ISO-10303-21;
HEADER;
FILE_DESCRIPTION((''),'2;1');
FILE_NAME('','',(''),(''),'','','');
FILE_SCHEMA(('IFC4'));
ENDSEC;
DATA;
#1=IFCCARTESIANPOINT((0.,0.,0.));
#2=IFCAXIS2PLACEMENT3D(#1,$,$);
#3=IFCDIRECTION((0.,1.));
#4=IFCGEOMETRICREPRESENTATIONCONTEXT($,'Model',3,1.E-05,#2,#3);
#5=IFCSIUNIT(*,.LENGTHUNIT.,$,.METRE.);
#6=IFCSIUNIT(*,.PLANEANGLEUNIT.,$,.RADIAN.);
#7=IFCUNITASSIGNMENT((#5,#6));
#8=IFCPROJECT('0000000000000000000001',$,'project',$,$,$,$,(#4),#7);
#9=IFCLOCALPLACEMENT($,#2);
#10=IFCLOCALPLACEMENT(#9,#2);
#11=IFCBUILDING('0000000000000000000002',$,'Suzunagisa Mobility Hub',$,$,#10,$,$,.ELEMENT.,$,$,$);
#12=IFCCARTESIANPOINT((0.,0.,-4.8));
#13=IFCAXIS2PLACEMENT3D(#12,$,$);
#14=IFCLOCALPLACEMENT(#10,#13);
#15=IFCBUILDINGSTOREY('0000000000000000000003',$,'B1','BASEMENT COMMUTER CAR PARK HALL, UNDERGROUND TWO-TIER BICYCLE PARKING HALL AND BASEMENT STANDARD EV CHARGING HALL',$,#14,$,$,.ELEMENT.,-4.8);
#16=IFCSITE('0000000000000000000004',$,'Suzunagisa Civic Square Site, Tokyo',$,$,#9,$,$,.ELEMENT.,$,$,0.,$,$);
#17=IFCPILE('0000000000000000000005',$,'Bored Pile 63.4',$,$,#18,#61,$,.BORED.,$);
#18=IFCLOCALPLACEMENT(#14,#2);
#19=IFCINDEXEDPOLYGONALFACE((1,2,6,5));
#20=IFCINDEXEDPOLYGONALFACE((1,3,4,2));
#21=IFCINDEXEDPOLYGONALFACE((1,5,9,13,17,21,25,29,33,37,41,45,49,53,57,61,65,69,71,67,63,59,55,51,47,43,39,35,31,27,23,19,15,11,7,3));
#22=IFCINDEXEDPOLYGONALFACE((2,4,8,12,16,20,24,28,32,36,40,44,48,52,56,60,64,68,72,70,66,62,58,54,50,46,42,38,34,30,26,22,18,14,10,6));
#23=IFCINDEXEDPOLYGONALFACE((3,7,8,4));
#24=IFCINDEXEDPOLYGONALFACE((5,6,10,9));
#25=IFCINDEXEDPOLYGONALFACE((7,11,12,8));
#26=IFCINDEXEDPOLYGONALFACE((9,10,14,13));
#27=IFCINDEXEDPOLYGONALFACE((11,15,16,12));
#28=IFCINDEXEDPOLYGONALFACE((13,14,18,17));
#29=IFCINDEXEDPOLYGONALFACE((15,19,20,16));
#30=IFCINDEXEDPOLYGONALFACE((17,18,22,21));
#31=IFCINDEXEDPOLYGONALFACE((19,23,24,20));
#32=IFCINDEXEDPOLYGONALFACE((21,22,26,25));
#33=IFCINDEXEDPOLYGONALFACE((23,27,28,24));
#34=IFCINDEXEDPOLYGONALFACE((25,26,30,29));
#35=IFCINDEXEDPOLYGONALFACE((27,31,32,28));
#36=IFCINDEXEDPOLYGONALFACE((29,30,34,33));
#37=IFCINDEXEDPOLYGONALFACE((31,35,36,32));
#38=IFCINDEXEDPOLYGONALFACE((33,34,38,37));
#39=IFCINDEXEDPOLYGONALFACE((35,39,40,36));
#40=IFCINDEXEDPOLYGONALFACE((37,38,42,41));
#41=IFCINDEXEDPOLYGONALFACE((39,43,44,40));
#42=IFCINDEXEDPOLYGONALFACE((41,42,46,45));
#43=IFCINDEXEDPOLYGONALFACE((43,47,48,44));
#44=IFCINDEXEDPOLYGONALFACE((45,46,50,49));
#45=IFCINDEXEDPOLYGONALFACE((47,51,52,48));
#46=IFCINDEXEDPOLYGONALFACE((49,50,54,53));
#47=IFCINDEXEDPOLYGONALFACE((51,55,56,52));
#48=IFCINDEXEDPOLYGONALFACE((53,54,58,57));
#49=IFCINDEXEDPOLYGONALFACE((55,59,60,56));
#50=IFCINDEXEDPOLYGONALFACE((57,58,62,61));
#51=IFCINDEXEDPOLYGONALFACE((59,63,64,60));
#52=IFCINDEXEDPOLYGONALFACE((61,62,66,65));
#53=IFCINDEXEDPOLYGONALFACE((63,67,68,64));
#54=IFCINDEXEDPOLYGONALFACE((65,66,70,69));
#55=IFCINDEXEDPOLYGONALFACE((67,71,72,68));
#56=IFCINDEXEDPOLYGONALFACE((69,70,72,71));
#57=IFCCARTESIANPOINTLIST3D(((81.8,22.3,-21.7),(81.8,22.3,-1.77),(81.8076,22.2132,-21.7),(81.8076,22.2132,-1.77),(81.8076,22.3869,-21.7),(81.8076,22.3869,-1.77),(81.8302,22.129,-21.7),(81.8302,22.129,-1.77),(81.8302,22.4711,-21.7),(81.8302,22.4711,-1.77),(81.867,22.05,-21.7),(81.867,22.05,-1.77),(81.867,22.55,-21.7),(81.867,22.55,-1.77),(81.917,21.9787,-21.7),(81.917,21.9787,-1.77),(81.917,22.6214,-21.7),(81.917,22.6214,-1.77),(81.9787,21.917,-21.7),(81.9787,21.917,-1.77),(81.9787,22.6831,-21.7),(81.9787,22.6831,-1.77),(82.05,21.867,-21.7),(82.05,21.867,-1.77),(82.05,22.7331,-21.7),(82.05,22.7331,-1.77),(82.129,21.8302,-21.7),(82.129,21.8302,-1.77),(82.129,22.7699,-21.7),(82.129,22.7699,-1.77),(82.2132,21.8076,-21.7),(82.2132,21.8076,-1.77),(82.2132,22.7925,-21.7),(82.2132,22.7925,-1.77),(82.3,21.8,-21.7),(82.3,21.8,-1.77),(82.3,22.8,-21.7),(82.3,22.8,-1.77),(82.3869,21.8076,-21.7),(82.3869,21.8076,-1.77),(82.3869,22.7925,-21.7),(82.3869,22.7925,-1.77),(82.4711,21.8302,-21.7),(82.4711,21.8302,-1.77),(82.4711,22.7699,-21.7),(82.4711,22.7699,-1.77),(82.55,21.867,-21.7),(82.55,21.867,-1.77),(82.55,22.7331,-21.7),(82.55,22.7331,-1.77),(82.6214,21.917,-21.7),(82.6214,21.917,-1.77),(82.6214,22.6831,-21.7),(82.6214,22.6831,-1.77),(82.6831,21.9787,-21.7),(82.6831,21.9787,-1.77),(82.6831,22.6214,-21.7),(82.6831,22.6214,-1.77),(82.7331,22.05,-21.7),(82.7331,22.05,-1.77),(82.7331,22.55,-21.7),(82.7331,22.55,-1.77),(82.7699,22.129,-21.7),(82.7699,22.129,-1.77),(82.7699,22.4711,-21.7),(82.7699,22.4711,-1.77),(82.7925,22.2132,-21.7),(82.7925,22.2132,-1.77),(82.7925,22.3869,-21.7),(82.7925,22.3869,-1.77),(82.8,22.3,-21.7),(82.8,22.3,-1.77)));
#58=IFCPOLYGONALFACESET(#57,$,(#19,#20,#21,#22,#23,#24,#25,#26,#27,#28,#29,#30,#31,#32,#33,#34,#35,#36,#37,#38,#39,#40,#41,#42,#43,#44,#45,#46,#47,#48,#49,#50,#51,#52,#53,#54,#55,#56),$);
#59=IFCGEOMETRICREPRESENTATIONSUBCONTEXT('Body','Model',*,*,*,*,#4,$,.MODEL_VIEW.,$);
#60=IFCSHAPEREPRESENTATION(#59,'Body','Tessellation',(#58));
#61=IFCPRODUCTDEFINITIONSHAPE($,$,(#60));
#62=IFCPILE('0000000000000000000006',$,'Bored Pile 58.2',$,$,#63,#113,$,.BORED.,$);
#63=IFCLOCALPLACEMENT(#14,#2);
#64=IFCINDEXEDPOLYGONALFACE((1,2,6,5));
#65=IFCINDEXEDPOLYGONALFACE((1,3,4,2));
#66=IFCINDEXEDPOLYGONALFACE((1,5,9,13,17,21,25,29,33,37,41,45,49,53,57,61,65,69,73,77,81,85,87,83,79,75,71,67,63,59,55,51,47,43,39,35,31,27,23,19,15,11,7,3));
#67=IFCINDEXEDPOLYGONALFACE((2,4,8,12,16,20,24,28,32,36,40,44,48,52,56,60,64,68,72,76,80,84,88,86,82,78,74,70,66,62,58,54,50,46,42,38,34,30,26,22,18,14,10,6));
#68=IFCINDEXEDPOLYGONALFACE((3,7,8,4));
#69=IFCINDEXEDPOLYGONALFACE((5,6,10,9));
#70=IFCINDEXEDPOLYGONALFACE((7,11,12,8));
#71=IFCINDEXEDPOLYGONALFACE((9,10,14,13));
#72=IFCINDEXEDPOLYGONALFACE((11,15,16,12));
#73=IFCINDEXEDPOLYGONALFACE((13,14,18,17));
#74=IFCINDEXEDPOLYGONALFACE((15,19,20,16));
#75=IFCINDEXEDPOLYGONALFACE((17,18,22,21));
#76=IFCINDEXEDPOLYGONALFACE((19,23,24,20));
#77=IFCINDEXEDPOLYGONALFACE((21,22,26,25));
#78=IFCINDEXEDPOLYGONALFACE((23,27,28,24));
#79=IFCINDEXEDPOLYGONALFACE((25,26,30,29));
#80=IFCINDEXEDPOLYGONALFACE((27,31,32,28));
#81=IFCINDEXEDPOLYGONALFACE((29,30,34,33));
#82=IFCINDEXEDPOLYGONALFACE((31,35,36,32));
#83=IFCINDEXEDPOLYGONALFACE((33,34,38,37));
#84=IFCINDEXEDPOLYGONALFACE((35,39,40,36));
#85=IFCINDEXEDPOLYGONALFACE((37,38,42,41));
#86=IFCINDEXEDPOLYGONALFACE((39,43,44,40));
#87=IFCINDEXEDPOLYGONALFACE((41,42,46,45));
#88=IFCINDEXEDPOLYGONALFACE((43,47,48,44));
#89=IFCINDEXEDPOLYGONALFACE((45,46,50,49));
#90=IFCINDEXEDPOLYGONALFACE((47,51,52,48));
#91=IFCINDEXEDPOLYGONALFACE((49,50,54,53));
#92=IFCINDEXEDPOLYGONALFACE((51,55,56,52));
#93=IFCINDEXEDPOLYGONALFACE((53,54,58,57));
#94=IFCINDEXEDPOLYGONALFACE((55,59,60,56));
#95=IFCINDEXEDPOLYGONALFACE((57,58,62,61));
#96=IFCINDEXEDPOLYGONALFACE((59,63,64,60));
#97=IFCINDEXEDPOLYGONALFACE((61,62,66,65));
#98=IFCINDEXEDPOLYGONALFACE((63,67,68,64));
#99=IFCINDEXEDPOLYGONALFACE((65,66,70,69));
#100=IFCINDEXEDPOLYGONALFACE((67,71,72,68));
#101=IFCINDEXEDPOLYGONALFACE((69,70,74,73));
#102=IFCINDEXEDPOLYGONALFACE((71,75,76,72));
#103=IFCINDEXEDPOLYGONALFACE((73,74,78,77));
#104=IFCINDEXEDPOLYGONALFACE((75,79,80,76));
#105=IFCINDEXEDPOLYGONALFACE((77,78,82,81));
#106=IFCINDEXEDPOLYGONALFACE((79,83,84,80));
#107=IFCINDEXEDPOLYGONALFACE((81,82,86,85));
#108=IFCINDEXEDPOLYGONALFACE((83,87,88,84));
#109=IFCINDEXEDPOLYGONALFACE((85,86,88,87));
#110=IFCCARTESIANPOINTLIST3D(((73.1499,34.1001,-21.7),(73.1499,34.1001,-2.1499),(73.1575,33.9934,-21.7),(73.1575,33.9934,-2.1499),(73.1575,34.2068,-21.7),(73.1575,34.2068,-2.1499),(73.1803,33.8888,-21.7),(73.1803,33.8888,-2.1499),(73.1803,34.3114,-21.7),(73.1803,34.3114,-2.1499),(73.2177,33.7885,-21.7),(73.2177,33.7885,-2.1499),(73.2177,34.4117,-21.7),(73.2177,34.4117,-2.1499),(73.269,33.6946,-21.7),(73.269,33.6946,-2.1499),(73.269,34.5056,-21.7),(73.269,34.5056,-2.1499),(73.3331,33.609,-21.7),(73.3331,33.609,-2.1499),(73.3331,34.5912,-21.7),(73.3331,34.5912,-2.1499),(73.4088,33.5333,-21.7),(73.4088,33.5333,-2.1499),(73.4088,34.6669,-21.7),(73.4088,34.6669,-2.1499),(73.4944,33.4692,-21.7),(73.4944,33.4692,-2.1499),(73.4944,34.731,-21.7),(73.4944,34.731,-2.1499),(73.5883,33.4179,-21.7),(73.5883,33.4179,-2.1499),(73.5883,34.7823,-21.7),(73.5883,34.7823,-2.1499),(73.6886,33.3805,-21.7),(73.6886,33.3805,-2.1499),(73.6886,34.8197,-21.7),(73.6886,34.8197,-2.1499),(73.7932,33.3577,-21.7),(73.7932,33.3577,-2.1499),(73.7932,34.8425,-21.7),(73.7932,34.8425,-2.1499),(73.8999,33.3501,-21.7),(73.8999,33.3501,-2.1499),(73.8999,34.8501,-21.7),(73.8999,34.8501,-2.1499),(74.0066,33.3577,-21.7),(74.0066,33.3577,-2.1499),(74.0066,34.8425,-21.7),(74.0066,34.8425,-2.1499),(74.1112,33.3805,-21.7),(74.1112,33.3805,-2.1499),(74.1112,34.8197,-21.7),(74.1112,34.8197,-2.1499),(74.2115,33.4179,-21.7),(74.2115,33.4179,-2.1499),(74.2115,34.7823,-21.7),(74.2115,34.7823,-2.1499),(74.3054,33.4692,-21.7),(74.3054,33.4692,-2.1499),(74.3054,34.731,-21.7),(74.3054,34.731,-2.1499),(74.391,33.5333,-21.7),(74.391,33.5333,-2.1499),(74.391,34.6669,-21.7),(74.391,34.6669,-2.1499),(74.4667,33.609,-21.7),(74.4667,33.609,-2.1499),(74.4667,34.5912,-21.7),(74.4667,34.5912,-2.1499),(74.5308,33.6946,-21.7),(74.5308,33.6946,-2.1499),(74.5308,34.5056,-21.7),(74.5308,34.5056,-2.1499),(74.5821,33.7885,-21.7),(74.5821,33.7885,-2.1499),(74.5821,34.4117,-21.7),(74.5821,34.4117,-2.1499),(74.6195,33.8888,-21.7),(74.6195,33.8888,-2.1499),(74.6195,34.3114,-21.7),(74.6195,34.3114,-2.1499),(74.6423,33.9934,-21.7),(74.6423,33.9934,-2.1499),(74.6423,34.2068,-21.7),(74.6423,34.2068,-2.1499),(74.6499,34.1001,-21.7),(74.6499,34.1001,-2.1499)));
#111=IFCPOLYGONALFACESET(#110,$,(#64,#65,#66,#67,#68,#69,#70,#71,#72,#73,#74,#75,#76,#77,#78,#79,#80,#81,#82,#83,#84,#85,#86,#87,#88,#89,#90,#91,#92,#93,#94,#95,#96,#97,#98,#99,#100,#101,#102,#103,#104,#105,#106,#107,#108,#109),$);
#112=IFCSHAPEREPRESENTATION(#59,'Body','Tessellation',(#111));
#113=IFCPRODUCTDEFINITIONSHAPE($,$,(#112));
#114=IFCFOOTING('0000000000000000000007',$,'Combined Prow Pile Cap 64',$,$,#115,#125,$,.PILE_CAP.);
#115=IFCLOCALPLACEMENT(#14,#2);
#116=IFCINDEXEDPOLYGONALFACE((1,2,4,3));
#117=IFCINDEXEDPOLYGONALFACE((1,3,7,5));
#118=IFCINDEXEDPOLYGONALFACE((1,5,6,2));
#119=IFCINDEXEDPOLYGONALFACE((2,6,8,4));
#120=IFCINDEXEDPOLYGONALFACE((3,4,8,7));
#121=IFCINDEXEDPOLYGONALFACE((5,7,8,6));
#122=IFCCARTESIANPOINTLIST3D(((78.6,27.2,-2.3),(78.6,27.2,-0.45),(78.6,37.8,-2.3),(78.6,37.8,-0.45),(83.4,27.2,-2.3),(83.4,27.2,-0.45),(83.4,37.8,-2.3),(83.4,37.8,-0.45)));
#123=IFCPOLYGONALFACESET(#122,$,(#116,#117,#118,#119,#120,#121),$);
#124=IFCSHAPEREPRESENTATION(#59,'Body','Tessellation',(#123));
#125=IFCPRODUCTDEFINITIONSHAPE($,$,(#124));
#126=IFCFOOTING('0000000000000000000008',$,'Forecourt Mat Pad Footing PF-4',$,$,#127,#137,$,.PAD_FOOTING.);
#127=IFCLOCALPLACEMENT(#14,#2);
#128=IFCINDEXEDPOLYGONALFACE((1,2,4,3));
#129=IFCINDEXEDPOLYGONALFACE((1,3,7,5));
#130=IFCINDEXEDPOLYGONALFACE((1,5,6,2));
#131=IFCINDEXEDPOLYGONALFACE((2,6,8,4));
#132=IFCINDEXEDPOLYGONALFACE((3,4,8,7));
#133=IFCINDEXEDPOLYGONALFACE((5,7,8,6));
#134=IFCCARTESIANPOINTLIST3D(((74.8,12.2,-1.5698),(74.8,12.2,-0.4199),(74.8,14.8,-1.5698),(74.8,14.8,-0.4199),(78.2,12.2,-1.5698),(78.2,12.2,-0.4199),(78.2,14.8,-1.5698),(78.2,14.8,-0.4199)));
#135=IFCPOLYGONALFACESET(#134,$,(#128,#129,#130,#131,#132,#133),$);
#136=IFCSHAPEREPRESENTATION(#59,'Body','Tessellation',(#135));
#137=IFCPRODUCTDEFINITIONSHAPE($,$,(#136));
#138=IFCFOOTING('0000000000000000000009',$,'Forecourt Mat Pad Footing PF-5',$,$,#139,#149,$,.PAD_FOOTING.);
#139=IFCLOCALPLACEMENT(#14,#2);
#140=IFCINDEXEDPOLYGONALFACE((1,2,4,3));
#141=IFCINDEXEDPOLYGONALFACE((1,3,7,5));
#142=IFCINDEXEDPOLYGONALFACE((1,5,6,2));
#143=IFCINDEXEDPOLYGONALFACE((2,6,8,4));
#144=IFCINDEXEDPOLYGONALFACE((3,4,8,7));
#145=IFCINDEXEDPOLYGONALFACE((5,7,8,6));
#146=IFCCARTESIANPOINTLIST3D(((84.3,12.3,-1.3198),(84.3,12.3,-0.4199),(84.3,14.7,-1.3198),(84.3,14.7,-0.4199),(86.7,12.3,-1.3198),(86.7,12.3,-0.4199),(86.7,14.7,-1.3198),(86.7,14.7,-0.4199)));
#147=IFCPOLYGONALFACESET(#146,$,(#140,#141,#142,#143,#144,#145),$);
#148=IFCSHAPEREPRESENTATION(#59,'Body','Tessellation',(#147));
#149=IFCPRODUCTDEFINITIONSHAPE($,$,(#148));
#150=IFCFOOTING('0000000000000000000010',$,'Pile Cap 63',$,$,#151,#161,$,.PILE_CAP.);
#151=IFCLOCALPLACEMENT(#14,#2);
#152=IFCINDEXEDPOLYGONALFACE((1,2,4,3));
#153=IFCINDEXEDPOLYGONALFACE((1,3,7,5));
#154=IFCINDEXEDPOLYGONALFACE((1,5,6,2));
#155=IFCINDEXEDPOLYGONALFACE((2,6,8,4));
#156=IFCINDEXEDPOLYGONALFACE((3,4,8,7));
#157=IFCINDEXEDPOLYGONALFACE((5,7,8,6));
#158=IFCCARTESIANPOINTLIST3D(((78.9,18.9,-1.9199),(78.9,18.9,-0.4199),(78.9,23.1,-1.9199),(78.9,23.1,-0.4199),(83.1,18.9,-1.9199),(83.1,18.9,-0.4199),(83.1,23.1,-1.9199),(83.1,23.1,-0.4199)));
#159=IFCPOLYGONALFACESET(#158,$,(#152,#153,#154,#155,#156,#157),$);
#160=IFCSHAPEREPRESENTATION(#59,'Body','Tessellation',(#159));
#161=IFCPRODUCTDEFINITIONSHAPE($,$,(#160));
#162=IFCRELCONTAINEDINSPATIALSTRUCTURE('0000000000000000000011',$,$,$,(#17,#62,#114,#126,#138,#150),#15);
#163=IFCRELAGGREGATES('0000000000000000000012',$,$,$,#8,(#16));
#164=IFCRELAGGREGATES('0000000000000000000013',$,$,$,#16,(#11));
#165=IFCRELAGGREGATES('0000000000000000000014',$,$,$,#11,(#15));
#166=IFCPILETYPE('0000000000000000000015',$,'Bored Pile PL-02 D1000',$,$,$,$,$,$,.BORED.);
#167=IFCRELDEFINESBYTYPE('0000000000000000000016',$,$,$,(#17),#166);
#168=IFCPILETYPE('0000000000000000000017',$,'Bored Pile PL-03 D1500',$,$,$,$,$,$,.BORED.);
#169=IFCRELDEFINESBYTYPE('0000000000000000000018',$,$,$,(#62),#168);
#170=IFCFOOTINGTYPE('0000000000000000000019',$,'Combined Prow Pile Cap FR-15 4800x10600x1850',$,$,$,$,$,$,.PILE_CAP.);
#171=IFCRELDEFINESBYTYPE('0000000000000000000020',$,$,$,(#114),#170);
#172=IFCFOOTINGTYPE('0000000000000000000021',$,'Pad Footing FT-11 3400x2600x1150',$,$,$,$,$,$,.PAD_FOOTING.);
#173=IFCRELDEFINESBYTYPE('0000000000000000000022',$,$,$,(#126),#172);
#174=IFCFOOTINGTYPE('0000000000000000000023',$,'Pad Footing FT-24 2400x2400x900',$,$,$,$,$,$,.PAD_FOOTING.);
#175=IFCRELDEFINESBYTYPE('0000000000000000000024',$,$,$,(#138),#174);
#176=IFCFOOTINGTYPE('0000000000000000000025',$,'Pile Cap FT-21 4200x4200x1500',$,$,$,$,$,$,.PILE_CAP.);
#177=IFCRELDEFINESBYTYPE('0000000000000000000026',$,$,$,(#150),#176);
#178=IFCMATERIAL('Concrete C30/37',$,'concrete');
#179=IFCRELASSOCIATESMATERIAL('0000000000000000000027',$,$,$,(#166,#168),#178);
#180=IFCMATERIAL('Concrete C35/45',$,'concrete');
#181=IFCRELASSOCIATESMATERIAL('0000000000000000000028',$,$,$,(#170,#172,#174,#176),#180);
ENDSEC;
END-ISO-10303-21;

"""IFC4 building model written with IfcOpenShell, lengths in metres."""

from ifc_helpers import new_model, si_unit, direction, frame, origin, origin_2d, place, context, subcontext, project, spatial, rectangle, circle, extrude, material, material_profile, profile_set, type_object, element, save


model = new_model("IFC4")

# Units and contexts
model_context = context("Model", 3, precision=1e-05, world=origin(), true_north=direction((0.0, 1.0)))
body_context = subcontext(model_context, "Body", "Model", "MODEL_VIEW")
ifc_project = project(units=[si_unit("LENGTHUNIT", "METRE"), si_unit("PLANEANGLEUNIT", "RADIAN")], contexts=[model_context])

# Site, building, storey
site_placement = place(None, origin())
site = spatial("IfcSite", under=ifc_project, at=site_placement, Name="Suzunagisa Civic Square Site, Tokyo", CompositionType="ELEMENT", RefElevation=0.0)
building_placement = place(site_placement, origin())
building = spatial("IfcBuilding", under=site, at=building_placement, Name="Suzunagisa Mobility Hub", CompositionType="ELEMENT")
storey_placement = place(building_placement, frame((0.0, 0.0, -4.8)))
storey = spatial("IfcBuildingStorey", under=building, at=storey_placement, Name="B1", Description="BASEMENT COMMUTER CAR PARK HALL, UNDERGROUND TWO-TIER BICYCLE PARKING HALL AND BASEMENT STANDARD EV CHARGING HALL", CompositionType="ELEMENT", Elevation=-4.8)

# Piles
ifc_material_1 = material(Name="Concrete C30/37", Category="concrete")
ifc_material_profile_1 = material_profile(ifc_material_1, circle(Radius=0.5, at=origin_2d()), Name="BORED PILE D1000")
ifc_profile_set_1 = profile_set([ifc_material_profile_1], Name="Concrete C30/37")
pile_type_1 = type_object("IfcPileType", Name="Bored Pile PL-02 D1000", PredefinedType="BORED", material=ifc_profile_set_1)
for number, where, z_axis, x_axis, name in (
    (1, (82.3, 22.3, -1.77), (0.0, 0.0, -1.0), (1.0, 0.0, 0.0), "Bored Pile 63.4"),
):
    element("IfcPile", number, at=place(storey_placement, frame(where, z_axis=z_axis, x_axis=x_axis)), inside=storey, type_object=pile_type_1, Name=name, PredefinedType="BORED", context=body_context, shape_type="SweptSolid", body=[
        extrude(circle(Radius=0.5, at=origin_2d()), origin(), (0.0, 0.0, 1.0), 19.9299),
    ])
ifc_material_profile_2 = material_profile(ifc_material_1, circle(Radius=0.75, at=origin_2d()), Name="BORED PILE D1500")
ifc_profile_set_2 = profile_set([ifc_material_profile_2], Name="Concrete C30/37")
pile_type_2 = type_object("IfcPileType", Name="Bored Pile PL-03 D1500", PredefinedType="BORED", material=ifc_profile_set_2)
pile_1_placement = place(storey_placement, frame((73.8999, 34.1001, -2.1499), z_axis=(0.0, 0.0, -1.0), x_axis=(1.0, 0.0, 0.0)))
element("IfcPile", 2, at=pile_1_placement, inside=storey, type_object=pile_type_2, Name="Bored Pile 58.2", PredefinedType="BORED", context=body_context, shape_type="SweptSolid", body=[
    extrude(circle(Radius=0.75, at=origin_2d()), origin(), (0.0, 0.0, 1.0), 19.55),
])

# Footings
ifc_material_2 = material(Name="Concrete C35/45", Category="concrete")
footing_type_1 = type_object("IfcFootingType", Name="Combined Prow Pile Cap FR-15 4800x10600x1850", PredefinedType="PILE_CAP", material=ifc_material_2)
footing_1_placement = place(storey_placement, frame((81.0, 32.5, -2.3), z_axis=(0.0, 0.0, 1.0), x_axis=(1.0, 0.0, 0.0)))
element("IfcFooting", 3, at=footing_1_placement, inside=storey, type_object=footing_type_1, Name="Combined Prow Pile Cap 64", PredefinedType="PILE_CAP", context=body_context, shape_type="SweptSolid", body=[
    extrude(rectangle(XDim=4.8, YDim=10.6001, at=origin_2d()), origin(), (0.0, 0.0, 1.0), 1.8501),
])
footing_type_2 = type_object("IfcFootingType", Name="Pad Footing FT-11 3400x2600x1150", PredefinedType="PAD_FOOTING", material=ifc_material_2)
footing_2_placement = place(storey_placement, frame((76.5, 13.5, -1.5698), z_axis=(0.0, 0.0, 1.0), x_axis=(1.0, 0.0, 0.0)))
element("IfcFooting", 4, at=footing_2_placement, inside=storey, type_object=footing_type_2, Name="Forecourt Mat Pad Footing PF-4", PredefinedType="PAD_FOOTING", context=body_context, shape_type="SweptSolid", body=[
    extrude(rectangle(XDim=3.3999, YDim=2.6001, at=origin_2d()), origin(), (0.0, 0.0, 1.0), 1.1499),
])
footing_type_3 = type_object("IfcFootingType", Name="Pad Footing FT-24 2400x2400x900", PredefinedType="PAD_FOOTING", material=ifc_material_2)
footing_3_placement = place(storey_placement, frame((85.5, 13.5, -1.3198), z_axis=(0.0, 0.0, 1.0), x_axis=(1.0, 0.0, 0.0)))
element("IfcFooting", 5, at=footing_3_placement, inside=storey, type_object=footing_type_3, Name="Forecourt Mat Pad Footing PF-5", PredefinedType="PAD_FOOTING", context=body_context, shape_type="SweptSolid", body=[
    extrude(rectangle(XDim=2.3999, YDim=2.3999, at=origin_2d()), origin(), (0.0, 0.0, 1.0), 0.8999),
])
footing_type_4 = type_object("IfcFootingType", Name="Pile Cap FT-21 4200x4200x1500", PredefinedType="PILE_CAP", material=ifc_material_2)
footing_4_placement = place(storey_placement, frame((81.0, 21.0, -1.9199), z_axis=(0.0, 0.0, 1.0), x_axis=(1.0, 0.0, 0.0)))
element("IfcFooting", 6, at=footing_4_placement, inside=storey, type_object=footing_type_4, Name="Pile Cap 63", PredefinedType="PILE_CAP", context=body_context, shape_type="SweptSolid", body=[
    extrude(rectangle(XDim=4.2, YDim=4.2, at=origin_2d()), origin(), (0.0, 0.0, 1.0), 1.5),
])

save(model, "model.ifc")
